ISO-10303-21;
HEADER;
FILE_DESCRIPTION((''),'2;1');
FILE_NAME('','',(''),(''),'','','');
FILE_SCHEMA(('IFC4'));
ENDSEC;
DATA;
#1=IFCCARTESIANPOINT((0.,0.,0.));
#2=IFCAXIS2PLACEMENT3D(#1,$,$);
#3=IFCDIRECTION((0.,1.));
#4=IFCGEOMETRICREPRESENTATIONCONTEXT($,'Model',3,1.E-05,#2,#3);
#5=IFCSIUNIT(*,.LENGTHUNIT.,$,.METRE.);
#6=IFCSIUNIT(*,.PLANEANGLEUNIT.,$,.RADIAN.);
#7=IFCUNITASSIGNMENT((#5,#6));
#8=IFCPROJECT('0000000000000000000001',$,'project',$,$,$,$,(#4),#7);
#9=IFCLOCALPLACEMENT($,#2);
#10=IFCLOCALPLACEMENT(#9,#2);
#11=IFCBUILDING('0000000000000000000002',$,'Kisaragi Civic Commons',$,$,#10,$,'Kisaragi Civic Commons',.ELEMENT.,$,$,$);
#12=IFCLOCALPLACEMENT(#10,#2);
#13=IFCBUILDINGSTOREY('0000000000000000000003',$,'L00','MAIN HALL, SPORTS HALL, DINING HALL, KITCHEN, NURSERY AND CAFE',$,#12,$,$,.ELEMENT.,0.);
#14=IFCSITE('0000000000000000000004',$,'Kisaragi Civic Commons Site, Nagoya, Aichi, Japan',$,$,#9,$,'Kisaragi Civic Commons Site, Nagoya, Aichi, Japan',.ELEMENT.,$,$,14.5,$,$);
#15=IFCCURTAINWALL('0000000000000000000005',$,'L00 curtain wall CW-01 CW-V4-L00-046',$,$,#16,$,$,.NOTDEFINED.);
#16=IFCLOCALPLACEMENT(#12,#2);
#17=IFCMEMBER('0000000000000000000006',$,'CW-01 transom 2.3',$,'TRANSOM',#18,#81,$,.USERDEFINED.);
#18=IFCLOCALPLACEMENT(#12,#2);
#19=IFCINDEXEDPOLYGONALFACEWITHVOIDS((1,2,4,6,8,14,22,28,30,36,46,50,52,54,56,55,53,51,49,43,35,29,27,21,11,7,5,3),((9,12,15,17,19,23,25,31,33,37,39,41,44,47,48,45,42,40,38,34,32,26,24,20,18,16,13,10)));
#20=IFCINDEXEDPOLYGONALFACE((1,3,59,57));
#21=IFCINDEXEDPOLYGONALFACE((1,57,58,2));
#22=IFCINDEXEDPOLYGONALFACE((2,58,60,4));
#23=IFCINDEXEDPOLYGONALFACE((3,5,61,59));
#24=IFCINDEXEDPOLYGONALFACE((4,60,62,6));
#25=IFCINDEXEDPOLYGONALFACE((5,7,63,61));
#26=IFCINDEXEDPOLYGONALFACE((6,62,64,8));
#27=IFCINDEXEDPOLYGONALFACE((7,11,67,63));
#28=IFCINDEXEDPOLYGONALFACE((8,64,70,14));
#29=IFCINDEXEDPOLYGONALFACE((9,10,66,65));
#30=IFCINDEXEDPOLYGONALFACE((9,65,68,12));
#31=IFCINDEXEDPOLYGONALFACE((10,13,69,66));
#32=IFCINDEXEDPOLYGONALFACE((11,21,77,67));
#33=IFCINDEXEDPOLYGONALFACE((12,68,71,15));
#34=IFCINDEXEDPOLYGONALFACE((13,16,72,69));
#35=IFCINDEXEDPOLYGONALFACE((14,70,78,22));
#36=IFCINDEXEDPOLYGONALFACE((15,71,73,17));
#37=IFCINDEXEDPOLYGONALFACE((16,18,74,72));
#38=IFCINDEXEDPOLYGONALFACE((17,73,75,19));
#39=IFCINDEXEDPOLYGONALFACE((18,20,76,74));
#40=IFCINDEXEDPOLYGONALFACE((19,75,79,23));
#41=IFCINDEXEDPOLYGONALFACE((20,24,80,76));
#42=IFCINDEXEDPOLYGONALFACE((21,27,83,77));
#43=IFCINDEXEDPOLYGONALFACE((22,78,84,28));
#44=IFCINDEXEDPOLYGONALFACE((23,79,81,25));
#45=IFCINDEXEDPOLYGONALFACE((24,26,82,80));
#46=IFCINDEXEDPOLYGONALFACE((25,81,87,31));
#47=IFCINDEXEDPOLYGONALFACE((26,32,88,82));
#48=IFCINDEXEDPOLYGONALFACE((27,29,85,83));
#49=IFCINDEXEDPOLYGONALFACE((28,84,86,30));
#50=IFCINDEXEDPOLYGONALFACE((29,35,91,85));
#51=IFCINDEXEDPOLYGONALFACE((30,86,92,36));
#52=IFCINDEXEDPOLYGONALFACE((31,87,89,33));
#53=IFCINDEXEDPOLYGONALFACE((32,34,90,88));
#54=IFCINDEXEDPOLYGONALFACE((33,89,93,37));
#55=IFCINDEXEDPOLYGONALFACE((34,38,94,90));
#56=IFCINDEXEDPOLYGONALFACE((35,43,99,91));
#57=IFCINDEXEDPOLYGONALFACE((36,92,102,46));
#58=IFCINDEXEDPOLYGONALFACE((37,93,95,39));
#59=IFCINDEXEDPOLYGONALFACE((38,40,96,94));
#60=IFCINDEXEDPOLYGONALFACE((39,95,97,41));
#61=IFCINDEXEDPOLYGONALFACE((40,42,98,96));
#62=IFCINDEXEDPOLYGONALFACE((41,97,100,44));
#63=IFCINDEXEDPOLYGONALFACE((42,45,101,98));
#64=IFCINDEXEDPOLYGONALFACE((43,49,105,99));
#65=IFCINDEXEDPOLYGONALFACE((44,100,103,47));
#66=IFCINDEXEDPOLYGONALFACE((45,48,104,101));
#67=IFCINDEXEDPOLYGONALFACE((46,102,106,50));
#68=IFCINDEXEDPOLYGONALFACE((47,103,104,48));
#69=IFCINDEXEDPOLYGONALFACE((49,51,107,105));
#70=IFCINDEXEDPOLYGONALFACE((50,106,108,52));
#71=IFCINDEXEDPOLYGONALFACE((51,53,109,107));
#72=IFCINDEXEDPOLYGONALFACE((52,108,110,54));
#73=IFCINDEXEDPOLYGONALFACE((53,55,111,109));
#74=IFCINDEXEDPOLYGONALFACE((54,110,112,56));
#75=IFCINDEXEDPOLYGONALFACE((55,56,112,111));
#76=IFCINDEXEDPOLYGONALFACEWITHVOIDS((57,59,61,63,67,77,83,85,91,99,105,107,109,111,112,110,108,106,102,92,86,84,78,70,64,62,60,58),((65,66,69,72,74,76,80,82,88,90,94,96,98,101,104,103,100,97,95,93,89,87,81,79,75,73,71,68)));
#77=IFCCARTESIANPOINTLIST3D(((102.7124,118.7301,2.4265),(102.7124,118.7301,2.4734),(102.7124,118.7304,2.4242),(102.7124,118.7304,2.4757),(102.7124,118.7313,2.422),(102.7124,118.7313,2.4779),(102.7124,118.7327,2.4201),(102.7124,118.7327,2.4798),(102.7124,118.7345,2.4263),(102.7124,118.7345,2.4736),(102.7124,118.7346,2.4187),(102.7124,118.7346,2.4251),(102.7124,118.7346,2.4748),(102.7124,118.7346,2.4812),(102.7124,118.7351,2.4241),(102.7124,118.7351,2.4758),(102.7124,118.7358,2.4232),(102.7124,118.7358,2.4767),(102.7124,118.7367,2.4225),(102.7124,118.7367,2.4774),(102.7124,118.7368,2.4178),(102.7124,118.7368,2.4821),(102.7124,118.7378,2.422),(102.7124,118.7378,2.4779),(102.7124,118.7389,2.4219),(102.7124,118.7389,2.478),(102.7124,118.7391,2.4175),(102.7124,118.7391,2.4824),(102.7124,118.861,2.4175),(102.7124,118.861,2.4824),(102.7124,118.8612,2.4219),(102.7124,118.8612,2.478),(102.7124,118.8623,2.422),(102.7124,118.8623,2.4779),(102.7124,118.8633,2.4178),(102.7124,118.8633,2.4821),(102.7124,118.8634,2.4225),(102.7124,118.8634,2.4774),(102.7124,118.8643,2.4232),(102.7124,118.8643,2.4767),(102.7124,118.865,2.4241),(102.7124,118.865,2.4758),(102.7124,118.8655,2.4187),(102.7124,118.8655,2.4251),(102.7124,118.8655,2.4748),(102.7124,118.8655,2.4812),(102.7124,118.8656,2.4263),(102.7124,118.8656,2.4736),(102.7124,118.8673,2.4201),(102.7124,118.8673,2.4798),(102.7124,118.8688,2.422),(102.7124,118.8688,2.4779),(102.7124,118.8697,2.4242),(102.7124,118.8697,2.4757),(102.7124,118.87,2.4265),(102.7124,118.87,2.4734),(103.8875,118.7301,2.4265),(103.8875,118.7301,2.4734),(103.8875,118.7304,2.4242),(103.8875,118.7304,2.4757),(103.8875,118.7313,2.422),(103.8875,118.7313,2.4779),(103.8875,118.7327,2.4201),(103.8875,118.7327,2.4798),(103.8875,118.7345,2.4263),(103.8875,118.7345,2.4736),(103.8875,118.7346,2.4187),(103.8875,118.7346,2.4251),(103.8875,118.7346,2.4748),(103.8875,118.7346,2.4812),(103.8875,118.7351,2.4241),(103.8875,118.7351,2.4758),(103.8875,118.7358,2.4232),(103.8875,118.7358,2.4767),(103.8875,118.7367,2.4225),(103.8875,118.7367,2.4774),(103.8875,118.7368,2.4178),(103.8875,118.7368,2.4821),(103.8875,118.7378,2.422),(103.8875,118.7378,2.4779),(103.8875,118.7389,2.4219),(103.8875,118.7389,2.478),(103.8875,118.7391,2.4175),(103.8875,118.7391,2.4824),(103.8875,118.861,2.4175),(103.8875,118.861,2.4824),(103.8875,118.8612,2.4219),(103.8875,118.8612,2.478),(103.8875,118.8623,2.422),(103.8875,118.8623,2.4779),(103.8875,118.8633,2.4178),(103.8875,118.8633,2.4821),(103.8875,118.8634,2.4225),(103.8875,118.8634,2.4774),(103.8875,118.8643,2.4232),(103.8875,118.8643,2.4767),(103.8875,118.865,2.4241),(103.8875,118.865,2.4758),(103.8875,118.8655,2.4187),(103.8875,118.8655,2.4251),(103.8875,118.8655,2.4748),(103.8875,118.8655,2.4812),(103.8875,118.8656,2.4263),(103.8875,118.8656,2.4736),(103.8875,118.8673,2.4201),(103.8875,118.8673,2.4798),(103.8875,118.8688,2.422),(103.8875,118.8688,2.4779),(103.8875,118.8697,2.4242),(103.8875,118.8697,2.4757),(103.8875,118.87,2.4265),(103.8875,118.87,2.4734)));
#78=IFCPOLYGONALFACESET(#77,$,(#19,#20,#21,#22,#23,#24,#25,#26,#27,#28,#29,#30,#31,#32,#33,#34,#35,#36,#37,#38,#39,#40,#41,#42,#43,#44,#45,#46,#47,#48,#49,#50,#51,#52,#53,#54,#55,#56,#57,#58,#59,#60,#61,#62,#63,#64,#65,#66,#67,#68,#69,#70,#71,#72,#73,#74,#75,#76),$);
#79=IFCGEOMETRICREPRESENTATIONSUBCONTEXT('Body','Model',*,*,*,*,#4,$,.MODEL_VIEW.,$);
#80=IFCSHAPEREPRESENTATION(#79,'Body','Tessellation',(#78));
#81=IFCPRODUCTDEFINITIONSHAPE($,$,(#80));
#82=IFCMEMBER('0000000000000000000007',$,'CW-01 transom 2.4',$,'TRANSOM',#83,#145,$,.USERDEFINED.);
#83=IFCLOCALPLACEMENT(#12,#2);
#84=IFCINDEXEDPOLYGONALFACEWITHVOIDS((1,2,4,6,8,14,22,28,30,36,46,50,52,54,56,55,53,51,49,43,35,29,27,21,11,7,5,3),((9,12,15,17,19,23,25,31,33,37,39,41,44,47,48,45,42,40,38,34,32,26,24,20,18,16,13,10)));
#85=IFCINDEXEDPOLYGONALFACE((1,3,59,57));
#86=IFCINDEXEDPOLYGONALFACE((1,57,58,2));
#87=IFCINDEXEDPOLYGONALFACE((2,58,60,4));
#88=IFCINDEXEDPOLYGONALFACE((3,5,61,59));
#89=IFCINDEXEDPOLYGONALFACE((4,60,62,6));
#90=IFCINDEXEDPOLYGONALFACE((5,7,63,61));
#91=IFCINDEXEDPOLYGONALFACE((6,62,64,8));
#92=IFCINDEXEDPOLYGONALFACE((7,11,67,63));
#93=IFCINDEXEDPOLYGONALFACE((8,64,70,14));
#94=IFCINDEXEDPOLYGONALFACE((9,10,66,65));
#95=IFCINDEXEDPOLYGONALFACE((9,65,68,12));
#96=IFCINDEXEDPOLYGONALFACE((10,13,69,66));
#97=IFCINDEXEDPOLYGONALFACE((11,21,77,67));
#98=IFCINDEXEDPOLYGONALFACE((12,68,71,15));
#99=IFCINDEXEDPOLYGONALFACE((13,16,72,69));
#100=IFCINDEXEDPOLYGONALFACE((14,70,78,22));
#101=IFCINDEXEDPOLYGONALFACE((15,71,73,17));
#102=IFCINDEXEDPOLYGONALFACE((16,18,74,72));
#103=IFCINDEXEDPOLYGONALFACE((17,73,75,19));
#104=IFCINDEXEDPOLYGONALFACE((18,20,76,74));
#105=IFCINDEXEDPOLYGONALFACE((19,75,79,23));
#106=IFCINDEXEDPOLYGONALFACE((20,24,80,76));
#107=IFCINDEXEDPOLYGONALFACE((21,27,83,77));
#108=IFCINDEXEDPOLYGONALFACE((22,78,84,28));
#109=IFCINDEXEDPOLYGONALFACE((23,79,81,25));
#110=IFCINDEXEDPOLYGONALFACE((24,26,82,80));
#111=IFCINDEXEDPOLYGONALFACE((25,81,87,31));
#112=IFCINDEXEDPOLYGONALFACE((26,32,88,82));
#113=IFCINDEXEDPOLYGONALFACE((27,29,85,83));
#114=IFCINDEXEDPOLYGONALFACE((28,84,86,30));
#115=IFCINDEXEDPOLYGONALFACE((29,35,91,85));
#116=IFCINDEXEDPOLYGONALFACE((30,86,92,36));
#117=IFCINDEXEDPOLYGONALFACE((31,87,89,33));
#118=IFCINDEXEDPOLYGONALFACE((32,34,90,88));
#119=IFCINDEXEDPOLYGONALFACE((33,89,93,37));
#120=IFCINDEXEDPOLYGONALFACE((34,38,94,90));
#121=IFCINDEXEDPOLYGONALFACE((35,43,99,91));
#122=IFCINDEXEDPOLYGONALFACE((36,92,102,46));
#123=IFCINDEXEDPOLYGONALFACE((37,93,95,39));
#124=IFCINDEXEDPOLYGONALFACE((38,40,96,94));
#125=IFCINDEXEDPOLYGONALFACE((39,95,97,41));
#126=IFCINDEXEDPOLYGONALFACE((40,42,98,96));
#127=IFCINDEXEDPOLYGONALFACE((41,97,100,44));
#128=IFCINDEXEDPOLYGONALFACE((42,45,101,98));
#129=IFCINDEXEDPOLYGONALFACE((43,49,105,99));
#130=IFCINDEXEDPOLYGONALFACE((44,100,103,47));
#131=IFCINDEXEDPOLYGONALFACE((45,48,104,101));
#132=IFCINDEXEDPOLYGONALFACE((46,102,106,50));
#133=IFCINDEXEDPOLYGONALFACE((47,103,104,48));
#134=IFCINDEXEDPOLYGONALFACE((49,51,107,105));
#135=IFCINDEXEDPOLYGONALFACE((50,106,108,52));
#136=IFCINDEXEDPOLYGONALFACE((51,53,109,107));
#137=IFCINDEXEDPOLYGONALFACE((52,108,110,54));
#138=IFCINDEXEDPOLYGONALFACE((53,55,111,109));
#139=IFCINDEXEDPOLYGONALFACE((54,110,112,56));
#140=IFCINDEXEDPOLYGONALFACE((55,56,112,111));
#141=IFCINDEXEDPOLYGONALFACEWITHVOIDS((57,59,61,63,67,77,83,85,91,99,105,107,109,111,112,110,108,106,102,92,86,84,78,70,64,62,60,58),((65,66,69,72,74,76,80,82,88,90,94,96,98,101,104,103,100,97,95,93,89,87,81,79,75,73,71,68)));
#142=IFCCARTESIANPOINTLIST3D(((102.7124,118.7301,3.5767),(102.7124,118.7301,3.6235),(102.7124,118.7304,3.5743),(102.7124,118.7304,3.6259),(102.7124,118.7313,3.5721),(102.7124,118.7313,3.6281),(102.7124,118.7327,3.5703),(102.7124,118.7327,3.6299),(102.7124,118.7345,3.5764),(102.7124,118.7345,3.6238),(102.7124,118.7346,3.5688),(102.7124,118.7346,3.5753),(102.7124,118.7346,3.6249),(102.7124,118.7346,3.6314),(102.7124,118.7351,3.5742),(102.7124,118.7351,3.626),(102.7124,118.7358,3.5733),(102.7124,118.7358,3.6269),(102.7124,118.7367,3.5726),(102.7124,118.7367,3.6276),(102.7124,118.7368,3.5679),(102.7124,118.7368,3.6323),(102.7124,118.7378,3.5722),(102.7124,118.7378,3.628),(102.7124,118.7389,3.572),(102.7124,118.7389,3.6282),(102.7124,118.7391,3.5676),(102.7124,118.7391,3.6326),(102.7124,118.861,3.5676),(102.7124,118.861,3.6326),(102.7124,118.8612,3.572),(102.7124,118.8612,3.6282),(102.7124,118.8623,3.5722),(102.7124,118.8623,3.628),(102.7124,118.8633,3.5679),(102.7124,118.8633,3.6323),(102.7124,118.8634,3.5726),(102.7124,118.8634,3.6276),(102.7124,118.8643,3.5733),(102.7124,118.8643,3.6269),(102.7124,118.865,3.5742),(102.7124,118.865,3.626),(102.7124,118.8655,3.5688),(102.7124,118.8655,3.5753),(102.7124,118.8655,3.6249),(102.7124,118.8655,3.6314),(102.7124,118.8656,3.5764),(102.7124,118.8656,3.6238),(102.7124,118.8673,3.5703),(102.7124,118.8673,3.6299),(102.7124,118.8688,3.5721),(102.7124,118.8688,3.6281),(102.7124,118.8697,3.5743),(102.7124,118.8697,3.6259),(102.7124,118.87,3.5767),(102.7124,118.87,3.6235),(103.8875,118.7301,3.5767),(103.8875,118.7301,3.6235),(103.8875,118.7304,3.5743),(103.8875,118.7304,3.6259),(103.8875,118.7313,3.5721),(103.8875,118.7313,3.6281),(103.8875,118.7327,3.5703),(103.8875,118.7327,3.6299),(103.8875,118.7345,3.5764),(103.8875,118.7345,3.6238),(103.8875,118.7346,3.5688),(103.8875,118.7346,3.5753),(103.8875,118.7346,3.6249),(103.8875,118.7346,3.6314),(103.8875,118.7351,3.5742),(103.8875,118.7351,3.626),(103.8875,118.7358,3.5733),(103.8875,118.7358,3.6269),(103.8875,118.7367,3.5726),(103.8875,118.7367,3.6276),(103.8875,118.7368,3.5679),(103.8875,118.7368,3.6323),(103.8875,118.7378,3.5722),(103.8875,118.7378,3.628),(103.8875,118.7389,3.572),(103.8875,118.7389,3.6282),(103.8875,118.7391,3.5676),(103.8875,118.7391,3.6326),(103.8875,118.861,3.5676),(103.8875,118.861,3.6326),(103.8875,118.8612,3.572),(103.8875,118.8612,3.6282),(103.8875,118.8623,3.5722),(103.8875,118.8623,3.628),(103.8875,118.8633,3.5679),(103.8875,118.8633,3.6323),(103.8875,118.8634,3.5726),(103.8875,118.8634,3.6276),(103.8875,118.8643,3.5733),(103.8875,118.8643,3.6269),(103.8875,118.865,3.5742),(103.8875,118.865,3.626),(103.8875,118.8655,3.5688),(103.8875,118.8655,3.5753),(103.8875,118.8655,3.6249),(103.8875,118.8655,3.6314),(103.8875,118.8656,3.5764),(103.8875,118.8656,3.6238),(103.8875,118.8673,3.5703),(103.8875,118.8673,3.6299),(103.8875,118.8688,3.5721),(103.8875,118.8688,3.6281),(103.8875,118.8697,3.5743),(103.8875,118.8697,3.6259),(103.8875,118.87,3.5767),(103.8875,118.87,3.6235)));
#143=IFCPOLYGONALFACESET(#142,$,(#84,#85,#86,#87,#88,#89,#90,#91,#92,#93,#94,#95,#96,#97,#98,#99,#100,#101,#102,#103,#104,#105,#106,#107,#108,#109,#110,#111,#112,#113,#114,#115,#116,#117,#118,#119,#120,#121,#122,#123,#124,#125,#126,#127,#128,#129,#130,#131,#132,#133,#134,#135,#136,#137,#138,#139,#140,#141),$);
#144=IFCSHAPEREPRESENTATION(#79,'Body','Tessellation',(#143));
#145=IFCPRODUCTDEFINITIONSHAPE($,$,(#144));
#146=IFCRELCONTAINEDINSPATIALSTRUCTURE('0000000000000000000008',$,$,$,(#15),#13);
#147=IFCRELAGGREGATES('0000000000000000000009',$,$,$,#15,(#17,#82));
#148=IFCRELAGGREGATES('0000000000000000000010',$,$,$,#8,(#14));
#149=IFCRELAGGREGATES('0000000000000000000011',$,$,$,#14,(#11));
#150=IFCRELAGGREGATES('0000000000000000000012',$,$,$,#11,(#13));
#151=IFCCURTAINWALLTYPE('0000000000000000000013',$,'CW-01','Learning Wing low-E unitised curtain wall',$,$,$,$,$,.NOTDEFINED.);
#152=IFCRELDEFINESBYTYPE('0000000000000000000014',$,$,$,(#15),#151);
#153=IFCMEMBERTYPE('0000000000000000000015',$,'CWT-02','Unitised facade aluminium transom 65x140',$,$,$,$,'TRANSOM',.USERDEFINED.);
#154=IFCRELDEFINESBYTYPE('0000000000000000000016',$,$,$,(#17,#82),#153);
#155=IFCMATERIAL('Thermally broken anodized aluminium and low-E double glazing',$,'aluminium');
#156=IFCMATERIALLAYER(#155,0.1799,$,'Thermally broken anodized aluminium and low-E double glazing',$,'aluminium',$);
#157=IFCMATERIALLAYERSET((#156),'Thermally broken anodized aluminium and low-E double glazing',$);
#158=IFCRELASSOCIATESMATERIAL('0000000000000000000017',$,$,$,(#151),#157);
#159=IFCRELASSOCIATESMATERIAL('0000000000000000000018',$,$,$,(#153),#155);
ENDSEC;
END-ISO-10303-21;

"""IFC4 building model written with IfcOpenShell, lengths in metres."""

from ifc_helpers import new_model, si_unit, direction, frame, origin, origin_2d, place, context, subcontext, project, spatial, hollow_rectangle, extrude, material, layer, layer_set, material_profile, profile_set, type_object, element, aggregate, save


model = new_model("IFC4")

# Units and contexts
model_context = context("Model", 3, precision=1e-05, world=origin(), true_north=direction((0.0, 1.0)))
body_context = subcontext(model_context, "Body", "Model", "MODEL_VIEW")
ifc_project = project(units=[si_unit("LENGTHUNIT", "METRE"), si_unit("PLANEANGLEUNIT", "RADIAN")], contexts=[model_context])

# Site, building, storey
site_placement = place(None, origin())
site = spatial("IfcSite", under=ifc_project, at=site_placement, Name="Kisaragi Civic Commons Site, Nagoya, Aichi, Japan", LongName="Kisaragi Civic Commons Site, Nagoya, Aichi, Japan", CompositionType="ELEMENT", RefElevation=14.5)
building_placement = place(site_placement, origin())
building = spatial("IfcBuilding", under=site, at=building_placement, Name="Kisaragi Civic Commons", LongName="Kisaragi Civic Commons", CompositionType="ELEMENT")
storey_placement = place(building_placement, origin())
storey = spatial("IfcBuildingStorey", under=building, at=storey_placement, Name="L00", Description="MAIN HALL, SPORTS HALL, DINING HALL, KITCHEN, NURSERY AND CAFE", CompositionType="ELEMENT", Elevation=0.0)

# Curtain wall, members
ifc_material_1 = material(Name="Thermally broken anodized aluminium and low-E double glazing", Category="aluminium")
ifc_layer_1 = layer(ifc_material_1, 0.1799, Name="Thermally broken anodized aluminium and low-E double glazing", Category="aluminium")
ifc_layer_set_1 = layer_set([ifc_layer_1], Name="Thermally broken anodized aluminium and low-E double glazing")
curtain_wall_type = type_object("IfcCurtainWallType", Name="CW-01", Description="Learning Wing low-E unitised curtain wall", PredefinedType="NOTDEFINED", material=ifc_layer_set_1)
curtain_wall_placement = place(storey_placement, origin())
curtain_wall = element("IfcCurtainWall", 1, at=curtain_wall_placement, inside=storey, type_object=curtain_wall_type, Name="L00 curtain wall CW-01 CW-V4-L00-046", PredefinedType="NOTDEFINED")
ifc_material_profile_1 = material_profile(ifc_material_1, hollow_rectangle(XDim=0.1399, YDim=0.0649, WallThickness=0.0044, InnerFilletRadius=0.0044, OuterFilletRadius=0.009, at=origin_2d()), Name="CWT-65x140x4.5", Category="aluminium")
ifc_profile_set_1 = profile_set([ifc_material_profile_1], Name="Thermally broken anodized aluminium and low-E double glazing")
member_type_1 = type_object("IfcMemberType", Name="CWT-02", Description="Unitised facade aluminium transom 65x140", ElementType="TRANSOM", PredefinedType="USERDEFINED", material=ifc_profile_set_1)
member_1_placement = place(storey_placement, frame((102.7124, 118.8, 2.45), z_axis=(1.0, 0.0, 0.0), x_axis=(0.0, 1.0, 0.0)))
member_1 = element("IfcMember", 2, at=member_1_placement, type_object=member_type_1, Name="CW-01 transom 2.3", ObjectType="TRANSOM", PredefinedType="USERDEFINED", context=body_context, shape_type="SweptSolid", body=[
    extrude(hollow_rectangle(XDim=0.1399, YDim=0.0649, WallThickness=0.0044, InnerFilletRadius=0.0044, OuterFilletRadius=0.009, at=origin_2d()), origin(), (0.0, 0.0, 1.0), 1.175),
])
member_2_placement = place(storey_placement, frame((102.7124, 118.8, 3.6001), z_axis=(1.0, 0.0, 0.0), x_axis=(0.0, 1.0, 0.0)))
member_2 = element("IfcMember", 3, at=member_2_placement, type_object=member_type_1, Name="CW-01 transom 2.4", ObjectType="TRANSOM", PredefinedType="USERDEFINED", context=body_context, shape_type="SweptSolid", body=[
    extrude(hollow_rectangle(XDim=0.1399, YDim=0.0649, WallThickness=0.0044, InnerFilletRadius=0.0044, OuterFilletRadius=0.009, at=origin_2d()), origin(), (0.0, 0.0, 1.0), 1.175),
])
aggregate(curtain_wall, [member_1, member_2])

save(model, "model.ifc")
